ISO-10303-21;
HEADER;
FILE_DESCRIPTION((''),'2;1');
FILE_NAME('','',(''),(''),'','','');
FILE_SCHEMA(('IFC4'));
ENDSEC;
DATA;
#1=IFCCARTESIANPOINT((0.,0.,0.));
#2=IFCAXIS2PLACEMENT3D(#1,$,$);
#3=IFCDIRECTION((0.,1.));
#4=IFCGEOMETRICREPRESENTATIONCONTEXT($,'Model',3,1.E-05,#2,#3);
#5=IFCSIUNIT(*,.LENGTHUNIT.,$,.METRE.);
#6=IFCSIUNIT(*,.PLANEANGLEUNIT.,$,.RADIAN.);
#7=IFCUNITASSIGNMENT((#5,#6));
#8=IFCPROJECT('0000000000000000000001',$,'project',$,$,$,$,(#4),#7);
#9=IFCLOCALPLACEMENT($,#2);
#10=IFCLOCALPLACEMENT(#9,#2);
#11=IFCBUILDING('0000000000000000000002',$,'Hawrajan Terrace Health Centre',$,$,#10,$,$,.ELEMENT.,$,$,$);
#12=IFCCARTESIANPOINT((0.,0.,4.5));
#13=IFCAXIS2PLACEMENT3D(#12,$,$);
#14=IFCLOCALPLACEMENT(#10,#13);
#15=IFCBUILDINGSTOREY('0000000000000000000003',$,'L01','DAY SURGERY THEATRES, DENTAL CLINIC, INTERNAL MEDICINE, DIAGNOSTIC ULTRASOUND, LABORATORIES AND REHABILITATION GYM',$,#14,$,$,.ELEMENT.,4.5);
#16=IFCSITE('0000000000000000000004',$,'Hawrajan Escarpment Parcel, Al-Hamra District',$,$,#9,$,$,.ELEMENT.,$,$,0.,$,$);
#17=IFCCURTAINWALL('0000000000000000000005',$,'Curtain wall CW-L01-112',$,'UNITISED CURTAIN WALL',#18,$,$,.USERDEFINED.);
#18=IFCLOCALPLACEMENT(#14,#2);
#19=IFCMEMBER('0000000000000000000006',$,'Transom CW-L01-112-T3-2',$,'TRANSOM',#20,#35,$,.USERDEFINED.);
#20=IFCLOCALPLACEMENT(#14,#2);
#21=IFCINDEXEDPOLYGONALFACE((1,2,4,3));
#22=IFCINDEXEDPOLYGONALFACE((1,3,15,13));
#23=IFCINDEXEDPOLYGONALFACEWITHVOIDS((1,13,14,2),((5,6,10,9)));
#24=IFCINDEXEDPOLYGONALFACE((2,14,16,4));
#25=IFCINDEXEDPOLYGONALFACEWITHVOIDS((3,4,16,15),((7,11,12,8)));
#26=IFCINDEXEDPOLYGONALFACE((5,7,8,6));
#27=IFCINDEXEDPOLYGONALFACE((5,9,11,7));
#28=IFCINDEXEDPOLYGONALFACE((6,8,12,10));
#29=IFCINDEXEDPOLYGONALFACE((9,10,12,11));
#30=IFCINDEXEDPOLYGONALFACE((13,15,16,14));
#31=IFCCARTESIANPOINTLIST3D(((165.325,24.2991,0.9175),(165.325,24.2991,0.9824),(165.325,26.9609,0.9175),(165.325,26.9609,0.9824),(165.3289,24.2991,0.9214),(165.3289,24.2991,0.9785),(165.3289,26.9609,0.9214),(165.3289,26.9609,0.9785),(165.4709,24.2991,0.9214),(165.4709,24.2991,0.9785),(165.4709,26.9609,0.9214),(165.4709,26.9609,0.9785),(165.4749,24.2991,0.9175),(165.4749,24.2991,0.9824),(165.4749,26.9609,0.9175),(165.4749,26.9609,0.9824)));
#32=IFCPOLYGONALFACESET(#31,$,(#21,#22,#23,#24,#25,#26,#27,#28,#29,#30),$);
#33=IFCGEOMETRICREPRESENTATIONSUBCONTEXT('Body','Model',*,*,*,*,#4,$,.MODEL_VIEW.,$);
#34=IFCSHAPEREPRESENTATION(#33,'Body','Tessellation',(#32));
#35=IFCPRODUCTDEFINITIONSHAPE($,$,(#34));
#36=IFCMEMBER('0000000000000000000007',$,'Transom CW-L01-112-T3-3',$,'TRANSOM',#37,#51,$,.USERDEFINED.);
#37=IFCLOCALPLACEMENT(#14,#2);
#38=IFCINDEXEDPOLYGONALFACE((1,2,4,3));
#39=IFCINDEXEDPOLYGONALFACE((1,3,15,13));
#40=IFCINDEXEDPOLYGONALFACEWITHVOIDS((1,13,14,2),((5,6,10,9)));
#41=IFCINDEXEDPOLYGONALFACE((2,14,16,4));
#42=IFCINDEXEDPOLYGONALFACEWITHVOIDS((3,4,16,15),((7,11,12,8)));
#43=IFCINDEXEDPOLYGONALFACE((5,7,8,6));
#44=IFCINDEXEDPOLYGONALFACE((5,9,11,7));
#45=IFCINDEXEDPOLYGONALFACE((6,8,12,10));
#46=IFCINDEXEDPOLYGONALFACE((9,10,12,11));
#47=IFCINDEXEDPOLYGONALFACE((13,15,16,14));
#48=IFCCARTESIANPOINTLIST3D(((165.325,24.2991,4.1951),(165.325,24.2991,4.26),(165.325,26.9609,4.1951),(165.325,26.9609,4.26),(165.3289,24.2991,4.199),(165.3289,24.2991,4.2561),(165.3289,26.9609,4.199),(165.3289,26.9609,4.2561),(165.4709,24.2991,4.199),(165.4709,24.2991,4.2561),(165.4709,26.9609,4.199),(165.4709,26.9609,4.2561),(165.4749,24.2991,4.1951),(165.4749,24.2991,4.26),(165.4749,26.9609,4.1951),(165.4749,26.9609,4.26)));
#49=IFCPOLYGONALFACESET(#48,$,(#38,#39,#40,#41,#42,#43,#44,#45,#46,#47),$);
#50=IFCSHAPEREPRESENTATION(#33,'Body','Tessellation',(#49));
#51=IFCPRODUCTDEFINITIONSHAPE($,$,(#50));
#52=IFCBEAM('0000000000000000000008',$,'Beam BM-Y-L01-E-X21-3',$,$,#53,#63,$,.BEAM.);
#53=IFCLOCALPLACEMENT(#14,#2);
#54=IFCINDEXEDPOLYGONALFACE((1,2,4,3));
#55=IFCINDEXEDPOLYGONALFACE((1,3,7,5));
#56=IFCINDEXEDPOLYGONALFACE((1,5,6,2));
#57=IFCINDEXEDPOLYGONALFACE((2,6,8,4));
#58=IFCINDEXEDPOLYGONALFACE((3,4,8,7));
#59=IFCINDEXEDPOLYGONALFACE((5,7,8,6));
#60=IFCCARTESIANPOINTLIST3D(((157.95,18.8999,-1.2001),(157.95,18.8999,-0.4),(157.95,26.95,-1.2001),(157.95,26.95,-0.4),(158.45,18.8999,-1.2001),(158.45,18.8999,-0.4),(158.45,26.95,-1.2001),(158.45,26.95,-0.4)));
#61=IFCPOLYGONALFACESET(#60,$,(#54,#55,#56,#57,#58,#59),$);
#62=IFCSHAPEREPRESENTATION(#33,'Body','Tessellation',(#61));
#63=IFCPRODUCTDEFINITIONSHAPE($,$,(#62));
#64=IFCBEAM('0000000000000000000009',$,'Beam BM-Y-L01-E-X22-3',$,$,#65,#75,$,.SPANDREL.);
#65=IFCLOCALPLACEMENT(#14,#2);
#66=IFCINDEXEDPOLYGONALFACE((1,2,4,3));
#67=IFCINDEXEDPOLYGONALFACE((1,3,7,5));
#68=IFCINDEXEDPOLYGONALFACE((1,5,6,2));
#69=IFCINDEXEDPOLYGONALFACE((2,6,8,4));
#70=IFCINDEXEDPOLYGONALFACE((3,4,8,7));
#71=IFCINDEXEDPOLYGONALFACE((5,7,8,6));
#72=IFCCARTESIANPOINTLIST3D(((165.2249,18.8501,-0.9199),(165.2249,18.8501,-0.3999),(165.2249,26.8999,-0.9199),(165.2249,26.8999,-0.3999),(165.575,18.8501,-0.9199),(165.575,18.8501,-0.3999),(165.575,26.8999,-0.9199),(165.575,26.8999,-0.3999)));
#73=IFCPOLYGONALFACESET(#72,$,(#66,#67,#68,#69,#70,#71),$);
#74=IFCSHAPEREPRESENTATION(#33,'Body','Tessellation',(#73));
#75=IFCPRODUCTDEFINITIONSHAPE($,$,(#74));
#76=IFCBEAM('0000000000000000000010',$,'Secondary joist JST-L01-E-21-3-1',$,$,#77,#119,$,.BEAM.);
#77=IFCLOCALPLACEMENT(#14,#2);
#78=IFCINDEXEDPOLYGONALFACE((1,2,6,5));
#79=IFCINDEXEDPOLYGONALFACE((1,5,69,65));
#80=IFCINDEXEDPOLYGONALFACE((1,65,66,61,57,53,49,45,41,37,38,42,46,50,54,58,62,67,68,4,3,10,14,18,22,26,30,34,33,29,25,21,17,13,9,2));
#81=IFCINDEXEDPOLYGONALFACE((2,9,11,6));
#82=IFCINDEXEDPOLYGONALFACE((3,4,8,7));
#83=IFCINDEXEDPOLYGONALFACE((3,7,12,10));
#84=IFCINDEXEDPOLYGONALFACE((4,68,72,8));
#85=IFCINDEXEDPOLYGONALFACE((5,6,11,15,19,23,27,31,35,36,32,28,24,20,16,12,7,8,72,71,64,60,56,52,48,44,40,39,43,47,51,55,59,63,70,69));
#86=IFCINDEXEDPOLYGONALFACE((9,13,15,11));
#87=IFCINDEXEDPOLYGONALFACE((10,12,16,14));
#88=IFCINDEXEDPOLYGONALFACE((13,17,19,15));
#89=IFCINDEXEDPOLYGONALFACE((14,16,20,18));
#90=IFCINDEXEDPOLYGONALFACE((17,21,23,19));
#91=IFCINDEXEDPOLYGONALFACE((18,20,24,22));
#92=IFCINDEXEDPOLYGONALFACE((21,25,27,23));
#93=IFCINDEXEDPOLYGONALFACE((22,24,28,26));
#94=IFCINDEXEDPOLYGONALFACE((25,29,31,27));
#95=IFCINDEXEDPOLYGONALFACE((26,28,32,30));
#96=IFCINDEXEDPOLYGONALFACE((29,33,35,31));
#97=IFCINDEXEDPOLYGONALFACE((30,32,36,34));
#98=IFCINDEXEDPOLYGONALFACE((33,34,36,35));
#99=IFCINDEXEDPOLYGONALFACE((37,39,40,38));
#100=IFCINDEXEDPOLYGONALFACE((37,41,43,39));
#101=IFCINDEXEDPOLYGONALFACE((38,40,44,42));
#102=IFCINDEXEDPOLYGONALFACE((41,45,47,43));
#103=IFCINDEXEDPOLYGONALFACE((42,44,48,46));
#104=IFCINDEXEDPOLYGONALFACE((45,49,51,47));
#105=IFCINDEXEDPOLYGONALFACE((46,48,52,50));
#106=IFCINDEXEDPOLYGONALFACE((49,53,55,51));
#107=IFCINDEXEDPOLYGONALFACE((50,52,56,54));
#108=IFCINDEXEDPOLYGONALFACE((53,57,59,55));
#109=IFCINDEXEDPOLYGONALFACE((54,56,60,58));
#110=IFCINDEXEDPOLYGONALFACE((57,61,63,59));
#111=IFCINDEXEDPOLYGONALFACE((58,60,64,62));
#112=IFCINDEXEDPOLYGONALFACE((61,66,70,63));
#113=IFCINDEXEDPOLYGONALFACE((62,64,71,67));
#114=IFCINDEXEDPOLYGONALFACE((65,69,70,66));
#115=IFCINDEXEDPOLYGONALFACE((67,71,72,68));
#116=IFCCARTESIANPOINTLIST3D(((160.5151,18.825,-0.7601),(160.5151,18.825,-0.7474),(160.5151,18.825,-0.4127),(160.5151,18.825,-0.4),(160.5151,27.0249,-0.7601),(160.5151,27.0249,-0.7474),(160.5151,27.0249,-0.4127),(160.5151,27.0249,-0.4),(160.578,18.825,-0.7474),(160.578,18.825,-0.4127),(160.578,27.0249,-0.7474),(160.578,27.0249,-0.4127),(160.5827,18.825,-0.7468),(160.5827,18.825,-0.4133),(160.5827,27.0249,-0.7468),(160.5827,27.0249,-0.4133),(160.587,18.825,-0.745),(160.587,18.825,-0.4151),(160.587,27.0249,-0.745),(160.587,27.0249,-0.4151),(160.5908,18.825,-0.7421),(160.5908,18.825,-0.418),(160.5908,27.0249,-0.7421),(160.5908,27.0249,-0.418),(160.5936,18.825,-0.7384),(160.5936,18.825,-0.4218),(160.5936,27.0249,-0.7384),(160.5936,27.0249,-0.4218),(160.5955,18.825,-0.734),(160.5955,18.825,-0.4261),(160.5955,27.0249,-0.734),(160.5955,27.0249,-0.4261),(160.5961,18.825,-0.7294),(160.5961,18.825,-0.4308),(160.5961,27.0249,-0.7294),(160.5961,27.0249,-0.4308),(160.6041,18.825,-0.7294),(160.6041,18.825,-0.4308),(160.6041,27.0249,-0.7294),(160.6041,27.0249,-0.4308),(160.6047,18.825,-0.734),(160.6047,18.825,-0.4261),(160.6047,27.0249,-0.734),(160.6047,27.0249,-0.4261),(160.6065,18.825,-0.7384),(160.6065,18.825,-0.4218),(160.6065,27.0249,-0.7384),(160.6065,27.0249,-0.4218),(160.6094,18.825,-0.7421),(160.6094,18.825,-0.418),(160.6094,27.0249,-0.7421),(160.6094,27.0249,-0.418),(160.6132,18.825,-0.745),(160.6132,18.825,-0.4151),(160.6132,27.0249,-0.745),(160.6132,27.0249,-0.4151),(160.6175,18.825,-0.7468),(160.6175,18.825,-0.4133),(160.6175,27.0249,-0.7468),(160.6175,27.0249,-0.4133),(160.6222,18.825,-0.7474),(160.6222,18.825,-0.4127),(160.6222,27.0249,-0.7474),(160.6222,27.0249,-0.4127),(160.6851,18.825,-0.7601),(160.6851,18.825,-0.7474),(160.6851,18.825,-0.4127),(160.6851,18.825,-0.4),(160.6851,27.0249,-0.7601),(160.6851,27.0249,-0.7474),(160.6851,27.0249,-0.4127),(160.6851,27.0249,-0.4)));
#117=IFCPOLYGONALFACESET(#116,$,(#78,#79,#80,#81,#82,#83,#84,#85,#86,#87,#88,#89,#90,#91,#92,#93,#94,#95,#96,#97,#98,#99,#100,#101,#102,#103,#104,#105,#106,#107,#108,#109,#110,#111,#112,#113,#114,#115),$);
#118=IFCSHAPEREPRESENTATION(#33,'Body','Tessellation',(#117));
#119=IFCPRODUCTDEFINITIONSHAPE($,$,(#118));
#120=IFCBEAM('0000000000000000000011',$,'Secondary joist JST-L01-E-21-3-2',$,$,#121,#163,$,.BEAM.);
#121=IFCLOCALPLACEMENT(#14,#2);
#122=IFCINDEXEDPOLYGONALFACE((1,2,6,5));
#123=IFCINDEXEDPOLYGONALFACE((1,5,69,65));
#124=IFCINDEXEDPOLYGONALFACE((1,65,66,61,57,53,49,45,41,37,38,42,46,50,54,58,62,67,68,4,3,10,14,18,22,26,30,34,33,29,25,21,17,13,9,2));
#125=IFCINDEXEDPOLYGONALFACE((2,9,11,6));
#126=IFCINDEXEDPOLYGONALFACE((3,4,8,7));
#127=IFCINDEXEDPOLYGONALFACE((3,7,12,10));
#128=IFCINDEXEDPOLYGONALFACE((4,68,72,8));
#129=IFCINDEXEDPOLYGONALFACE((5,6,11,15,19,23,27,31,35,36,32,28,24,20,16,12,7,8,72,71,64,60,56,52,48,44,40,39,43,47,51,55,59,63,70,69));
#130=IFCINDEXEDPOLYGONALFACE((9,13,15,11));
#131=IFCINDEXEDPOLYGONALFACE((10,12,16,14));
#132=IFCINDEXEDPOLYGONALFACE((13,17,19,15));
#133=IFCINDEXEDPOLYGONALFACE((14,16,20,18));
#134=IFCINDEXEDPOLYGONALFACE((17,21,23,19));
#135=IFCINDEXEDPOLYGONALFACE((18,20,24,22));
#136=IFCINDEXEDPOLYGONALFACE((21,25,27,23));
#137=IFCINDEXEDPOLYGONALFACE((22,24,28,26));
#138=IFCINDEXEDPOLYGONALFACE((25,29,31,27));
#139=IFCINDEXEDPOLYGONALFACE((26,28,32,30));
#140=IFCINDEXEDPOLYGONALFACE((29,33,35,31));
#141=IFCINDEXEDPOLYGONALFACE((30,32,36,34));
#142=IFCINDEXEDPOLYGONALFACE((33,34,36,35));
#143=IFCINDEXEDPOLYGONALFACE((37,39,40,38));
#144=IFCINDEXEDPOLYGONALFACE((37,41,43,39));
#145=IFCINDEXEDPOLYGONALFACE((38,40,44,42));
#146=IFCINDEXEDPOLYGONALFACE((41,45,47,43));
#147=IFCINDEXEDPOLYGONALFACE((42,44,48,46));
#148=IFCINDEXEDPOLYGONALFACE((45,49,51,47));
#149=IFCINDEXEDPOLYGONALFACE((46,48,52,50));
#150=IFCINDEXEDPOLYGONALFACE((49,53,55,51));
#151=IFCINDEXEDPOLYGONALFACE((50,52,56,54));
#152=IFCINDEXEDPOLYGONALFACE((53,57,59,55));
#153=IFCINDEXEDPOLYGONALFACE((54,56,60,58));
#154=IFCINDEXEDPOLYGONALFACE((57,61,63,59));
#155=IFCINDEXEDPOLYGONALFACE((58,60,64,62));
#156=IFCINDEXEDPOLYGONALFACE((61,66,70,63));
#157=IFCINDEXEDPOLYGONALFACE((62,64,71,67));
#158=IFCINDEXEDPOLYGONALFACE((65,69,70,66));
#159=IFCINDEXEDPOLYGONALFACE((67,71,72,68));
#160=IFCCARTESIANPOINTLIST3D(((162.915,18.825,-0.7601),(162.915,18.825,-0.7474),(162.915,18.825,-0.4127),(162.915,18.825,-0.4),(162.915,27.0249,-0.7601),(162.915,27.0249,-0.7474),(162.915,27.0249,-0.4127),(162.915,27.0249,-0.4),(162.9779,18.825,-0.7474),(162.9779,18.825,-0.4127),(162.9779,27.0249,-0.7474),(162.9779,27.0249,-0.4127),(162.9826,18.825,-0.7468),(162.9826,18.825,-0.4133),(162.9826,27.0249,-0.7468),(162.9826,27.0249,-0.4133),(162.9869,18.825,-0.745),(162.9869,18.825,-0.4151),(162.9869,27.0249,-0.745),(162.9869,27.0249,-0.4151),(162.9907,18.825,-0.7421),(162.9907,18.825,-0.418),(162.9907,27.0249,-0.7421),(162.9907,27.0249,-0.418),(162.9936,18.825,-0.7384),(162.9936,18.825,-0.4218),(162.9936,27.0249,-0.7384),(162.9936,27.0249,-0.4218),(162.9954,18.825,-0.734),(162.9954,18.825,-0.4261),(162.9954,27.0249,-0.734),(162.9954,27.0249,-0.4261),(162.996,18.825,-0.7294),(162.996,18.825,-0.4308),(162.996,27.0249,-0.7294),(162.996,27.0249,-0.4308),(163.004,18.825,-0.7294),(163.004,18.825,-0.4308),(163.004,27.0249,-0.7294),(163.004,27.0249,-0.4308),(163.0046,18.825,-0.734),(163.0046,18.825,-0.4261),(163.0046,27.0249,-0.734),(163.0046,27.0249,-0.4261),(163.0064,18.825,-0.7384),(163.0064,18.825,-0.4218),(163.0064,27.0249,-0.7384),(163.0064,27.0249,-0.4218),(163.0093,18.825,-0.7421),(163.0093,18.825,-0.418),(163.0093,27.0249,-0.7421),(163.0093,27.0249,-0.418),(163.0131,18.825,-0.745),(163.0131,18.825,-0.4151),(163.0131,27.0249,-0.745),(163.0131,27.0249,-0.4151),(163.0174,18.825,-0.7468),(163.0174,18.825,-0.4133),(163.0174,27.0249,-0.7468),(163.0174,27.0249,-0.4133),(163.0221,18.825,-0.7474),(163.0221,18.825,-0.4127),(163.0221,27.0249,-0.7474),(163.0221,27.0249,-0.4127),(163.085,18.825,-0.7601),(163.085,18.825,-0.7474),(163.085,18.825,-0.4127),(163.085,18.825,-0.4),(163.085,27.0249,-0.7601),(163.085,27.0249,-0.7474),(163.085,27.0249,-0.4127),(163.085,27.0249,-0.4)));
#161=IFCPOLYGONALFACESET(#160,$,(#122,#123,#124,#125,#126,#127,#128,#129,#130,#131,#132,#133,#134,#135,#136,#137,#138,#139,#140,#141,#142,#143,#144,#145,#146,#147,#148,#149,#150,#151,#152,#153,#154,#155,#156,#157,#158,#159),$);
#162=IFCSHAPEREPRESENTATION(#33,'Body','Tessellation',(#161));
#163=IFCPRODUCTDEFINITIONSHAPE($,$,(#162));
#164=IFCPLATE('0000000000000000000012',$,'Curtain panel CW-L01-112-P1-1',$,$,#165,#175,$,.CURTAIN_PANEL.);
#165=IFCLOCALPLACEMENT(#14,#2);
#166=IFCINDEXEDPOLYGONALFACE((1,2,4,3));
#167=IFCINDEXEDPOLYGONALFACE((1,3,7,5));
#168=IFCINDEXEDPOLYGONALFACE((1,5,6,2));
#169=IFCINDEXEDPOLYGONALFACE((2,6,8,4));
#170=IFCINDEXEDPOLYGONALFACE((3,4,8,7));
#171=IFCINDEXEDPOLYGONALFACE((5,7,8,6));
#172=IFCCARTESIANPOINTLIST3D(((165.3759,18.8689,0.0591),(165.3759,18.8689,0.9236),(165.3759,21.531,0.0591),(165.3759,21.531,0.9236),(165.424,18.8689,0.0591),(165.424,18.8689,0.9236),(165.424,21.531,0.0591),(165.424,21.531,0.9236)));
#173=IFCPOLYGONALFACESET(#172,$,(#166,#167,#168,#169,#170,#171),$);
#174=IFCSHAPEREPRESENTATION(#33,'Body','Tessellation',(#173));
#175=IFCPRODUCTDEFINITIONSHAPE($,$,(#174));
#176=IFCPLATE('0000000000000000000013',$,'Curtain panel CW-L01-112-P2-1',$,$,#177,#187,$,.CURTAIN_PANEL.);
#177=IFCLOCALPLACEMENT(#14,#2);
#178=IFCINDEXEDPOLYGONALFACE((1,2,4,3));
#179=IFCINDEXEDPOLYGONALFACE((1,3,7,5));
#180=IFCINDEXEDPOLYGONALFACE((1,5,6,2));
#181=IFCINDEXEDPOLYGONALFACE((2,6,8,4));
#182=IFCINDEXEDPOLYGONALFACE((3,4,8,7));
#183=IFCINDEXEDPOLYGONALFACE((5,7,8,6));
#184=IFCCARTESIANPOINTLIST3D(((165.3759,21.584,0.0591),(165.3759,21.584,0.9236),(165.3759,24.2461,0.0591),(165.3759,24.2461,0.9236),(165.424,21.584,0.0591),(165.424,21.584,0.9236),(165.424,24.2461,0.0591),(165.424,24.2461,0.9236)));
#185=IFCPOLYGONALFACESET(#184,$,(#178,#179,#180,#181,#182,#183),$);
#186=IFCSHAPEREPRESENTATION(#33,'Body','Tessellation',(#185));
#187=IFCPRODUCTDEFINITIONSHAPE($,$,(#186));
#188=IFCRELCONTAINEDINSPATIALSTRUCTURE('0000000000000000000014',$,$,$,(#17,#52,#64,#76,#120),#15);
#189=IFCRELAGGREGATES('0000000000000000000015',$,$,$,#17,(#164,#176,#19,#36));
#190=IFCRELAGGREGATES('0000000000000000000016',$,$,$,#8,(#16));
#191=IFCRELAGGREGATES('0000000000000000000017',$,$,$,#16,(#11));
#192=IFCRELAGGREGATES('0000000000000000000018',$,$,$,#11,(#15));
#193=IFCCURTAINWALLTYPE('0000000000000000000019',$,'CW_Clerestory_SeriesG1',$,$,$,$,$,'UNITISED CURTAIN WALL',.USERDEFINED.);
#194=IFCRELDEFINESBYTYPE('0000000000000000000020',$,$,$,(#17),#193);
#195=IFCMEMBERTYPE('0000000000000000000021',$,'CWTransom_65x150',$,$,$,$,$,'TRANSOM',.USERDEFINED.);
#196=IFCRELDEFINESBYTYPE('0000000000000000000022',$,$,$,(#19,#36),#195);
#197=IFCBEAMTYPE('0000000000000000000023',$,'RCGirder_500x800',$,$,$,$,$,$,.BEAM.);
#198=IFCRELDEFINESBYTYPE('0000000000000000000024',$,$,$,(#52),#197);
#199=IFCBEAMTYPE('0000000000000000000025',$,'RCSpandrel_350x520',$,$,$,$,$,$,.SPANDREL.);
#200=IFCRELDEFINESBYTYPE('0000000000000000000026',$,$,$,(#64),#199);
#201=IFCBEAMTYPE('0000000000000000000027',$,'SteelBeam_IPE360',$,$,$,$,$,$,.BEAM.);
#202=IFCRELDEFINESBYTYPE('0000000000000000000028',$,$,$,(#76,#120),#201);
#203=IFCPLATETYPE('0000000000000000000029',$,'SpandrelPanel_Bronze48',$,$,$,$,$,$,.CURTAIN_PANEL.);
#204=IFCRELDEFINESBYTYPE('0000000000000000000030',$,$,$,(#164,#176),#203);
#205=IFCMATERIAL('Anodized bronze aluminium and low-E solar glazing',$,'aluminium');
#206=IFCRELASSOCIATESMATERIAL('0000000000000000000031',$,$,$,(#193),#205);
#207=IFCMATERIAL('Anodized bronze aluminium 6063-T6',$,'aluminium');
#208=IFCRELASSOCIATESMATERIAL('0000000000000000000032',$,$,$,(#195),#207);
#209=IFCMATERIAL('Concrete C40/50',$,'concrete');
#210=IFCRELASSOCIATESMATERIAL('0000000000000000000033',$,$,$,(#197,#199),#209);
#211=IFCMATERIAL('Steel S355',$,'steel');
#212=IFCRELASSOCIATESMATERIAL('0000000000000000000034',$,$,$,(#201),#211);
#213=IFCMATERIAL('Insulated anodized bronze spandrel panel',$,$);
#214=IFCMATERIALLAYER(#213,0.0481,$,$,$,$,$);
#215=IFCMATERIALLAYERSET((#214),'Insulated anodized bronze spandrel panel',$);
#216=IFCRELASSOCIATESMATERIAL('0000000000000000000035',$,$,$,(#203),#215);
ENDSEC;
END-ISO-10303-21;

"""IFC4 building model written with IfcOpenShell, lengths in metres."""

from ifc_helpers import new_model, si_unit, direction, frame, origin, origin_2d, place, context, subcontext, project, spatial, rectangle, hollow_rectangle, i_section, extrude, material, layer, layer_set, material_profile, profile_set, type_object, element, aggregate, save


model = new_model("IFC4")

# Units and contexts
model_context = context("Model", 3, precision=1e-05, world=origin(), true_north=direction((0.0, 1.0)))
body_context = subcontext(model_context, "Body", "Model", "MODEL_VIEW")
ifc_project = project(units=[si_unit("LENGTHUNIT", "METRE"), si_unit("PLANEANGLEUNIT", "RADIAN")], contexts=[model_context])

# Site, building, storey
site_placement = place(None, origin())
site = spatial("IfcSite", under=ifc_project, at=site_placement, Name="Hawrajan Escarpment Parcel, Al-Hamra District", CompositionType="ELEMENT", RefElevation=0.0)
building_placement = place(site_placement, origin())
building = spatial("IfcBuilding", under=site, at=building_placement, Name="Hawrajan Terrace Health Centre", CompositionType="ELEMENT")
storey_placement = place(building_placement, frame((0.0, 0.0, 4.5)))
storey = spatial("IfcBuildingStorey", under=building, at=storey_placement, Name="L01", Description="DAY SURGERY THEATRES, DENTAL CLINIC, INTERNAL MEDICINE, DIAGNOSTIC ULTRASOUND, LABORATORIES AND REHABILITATION GYM", CompositionType="ELEMENT", Elevation=4.5)

# Curtain wall, members
ifc_material_1 = material(Name="Anodized bronze aluminium and low-E solar glazing", Category="aluminium")
curtain_wall_type = type_object("IfcCurtainWallType", Name="CW_Clerestory_SeriesG1", ElementType="UNITISED CURTAIN WALL", PredefinedType="USERDEFINED", material=ifc_material_1)
curtain_wall_placement = place(storey_placement, origin())
curtain_wall = element("IfcCurtainWall", 1, at=curtain_wall_placement, inside=storey, type_object=curtain_wall_type, Name="Curtain wall CW-L01-112", ObjectType="UNITISED CURTAIN WALL", PredefinedType="USERDEFINED")
ifc_material_2 = material(Name="Anodized bronze aluminium 6063-T6", Category="aluminium")
ifc_material_profile_1 = material_profile(ifc_material_2, hollow_rectangle(XDim=0.0649, YDim=0.1499, WallThickness=0.0039, at=origin_2d()), Name="CW TRN 65x150")
ifc_profile_set_1 = profile_set([ifc_material_profile_1], Name="Anodized bronze aluminium 6063-T6")
member_type_1 = type_object("IfcMemberType", Name="CWTransom_65x150", ElementType="TRANSOM", PredefinedType="USERDEFINED", material=ifc_profile_set_1)
member_1_placement = place(storey_placement, frame((165.3999, 24.2991, 0.95), z_axis=(0.0, 1.0, 0.0), x_axis=(0.0, 0.0, 1.0)))
member_1 = element("IfcMember", 2, at=member_1_placement, type_object=member_type_1, Name="Transom CW-L01-112-T3-2", ObjectType="TRANSOM", PredefinedType="USERDEFINED", context=body_context, shape_type="SweptSolid", body=[
    extrude(hollow_rectangle(XDim=0.0649, YDim=0.1499, WallThickness=0.0039, at=origin_2d()), origin(), (0.0, 0.0, 1.0), 2.6619),
])
member_2_placement = place(storey_placement, frame((165.3999, 24.2991, 4.2275), z_axis=(0.0, 1.0, 0.0), x_axis=(0.0, 0.0, 1.0)))
member_2 = element("IfcMember", 3, at=member_2_placement, type_object=member_type_1, Name="Transom CW-L01-112-T3-3", ObjectType="TRANSOM", PredefinedType="USERDEFINED", context=body_context, shape_type="SweptSolid", body=[
    extrude(hollow_rectangle(XDim=0.0649, YDim=0.1499, WallThickness=0.0039, at=origin_2d()), origin(), (0.0, 0.0, 1.0), 2.6619),
])

# Beams
ifc_material_3 = material(Name="Concrete C40/50", Category="concrete")
ifc_material_profile_2 = material_profile(ifc_material_3, rectangle(XDim=0.5, YDim=0.8, at=origin_2d()), Name="RC BM 500x800")
ifc_profile_set_2 = profile_set([ifc_material_profile_2], Name="Concrete C40/50")
beam_type_1 = type_object("IfcBeamType", Name="RCGirder_500x800", PredefinedType="BEAM", material=ifc_profile_set_2)
beam_1_placement = place(storey_placement, frame((158.2, 18.8999, -0.8), z_axis=(0.0, 1.0, 0.0), x_axis=(-1.0, 0.0, 0.0)))
element("IfcBeam", 4, at=beam_1_placement, inside=storey, type_object=beam_type_1, Name="Beam BM-Y-L01-E-X21-3", PredefinedType="BEAM", context=body_context, shape_type="SweptSolid", body=[
    extrude(rectangle(XDim=0.5, YDim=0.8, at=origin_2d()), origin(), (0.0, 0.0, 1.0), 8.05),
])
ifc_material_profile_3 = material_profile(ifc_material_3, rectangle(XDim=0.3501, YDim=0.52, at=origin_2d()), Name="RC SP 350x520")
ifc_profile_set_3 = profile_set([ifc_material_profile_3], Name="Concrete C40/50")
beam_type_2 = type_object("IfcBeamType", Name="RCSpandrel_350x520", PredefinedType="SPANDREL", material=ifc_profile_set_3)
beam_2_placement = place(storey_placement, frame((165.3999, 18.8501, -0.6599), z_axis=(0.0, 1.0, 0.0), x_axis=(-1.0, 0.0, 0.0)))
element("IfcBeam", 5, at=beam_2_placement, inside=storey, type_object=beam_type_2, Name="Beam BM-Y-L01-E-X22-3", PredefinedType="SPANDREL", context=body_context, shape_type="SweptSolid", body=[
    extrude(rectangle(XDim=0.3501, YDim=0.52, at=origin_2d()), origin(), (0.0, 0.0, 1.0), 8.0498),
])
ifc_material_4 = material(Name="Steel S355", Category="steel")
ifc_material_profile_4 = material_profile(ifc_material_4, i_section(OverallWidth=0.1699, OverallDepth=0.3601, WebThickness=0.0081, FlangeThickness=0.0127, FilletRadius=0.0181, at=origin_2d()), Name="IPE 360")
ifc_profile_set_4 = profile_set([ifc_material_profile_4], Name="Steel S355")
beam_type_3 = type_object("IfcBeamType", Name="SteelBeam_IPE360", PredefinedType="BEAM", material=ifc_profile_set_4)
for number, where, z_axis, x_axis, name in (
    (6, (160.6001, 18.825, -0.5801), (0.0, 1.0, 0.0), (-1.0, 0.0, 0.0), "Secondary joist JST-L01-E-21-3-1"),
    (7, (163.0, 18.825, -0.5801), (0.0, 1.0, 0.0), (-1.0, 0.0, 0.0), "Secondary joist JST-L01-E-21-3-2"),
):
    element("IfcBeam", number, at=place(storey_placement, frame(where, z_axis=z_axis, x_axis=x_axis)), inside=storey, type_object=beam_type_3, Name=name, PredefinedType="BEAM", context=body_context, shape_type="SweptSolid", body=[
        extrude(i_section(OverallWidth=0.1699, OverallDepth=0.3601, WebThickness=0.0081, FlangeThickness=0.0127, FilletRadius=0.0181, at=origin_2d()), origin(), (0.0, 0.0, 1.0), 8.2),
    ])

# Plates
ifc_material_5 = material(Name="Insulated anodized bronze spandrel panel")
ifc_layer_1 = layer(ifc_material_5, 0.0481)
ifc_layer_set_1 = layer_set([ifc_layer_1], Name="Insulated anodized bronze spandrel panel")
plate_type_1 = type_object("IfcPlateType", Name="SpandrelPanel_Bronze48", PredefinedType="CURTAIN_PANEL", material=ifc_layer_set_1)
plate_1_placement = place(storey_placement, frame((165.3999, 20.2, 0.0591), z_axis=(0.0, 0.0, 1.0), x_axis=(0.0, 1.0, 0.0)))
plate_1 = element("IfcPlate", 8, at=plate_1_placement, type_object=plate_type_1, Name="Curtain panel CW-L01-112-P1-1", PredefinedType="CURTAIN_PANEL", context=body_context, shape_type="SweptSolid", body=[
    extrude(rectangle(XDim=2.6621, YDim=0.0481, at=origin_2d()), origin(), (0.0, 0.0, 1.0), 0.8645),
])
plate_2_placement = place(storey_placement, frame((165.3999, 22.915, 0.0591), z_axis=(0.0, 0.0, 1.0), x_axis=(0.0, 1.0, 0.0)))
plate_2 = element("IfcPlate", 9, at=plate_2_placement, type_object=plate_type_1, Name="Curtain panel CW-L01-112-P2-1", PredefinedType="CURTAIN_PANEL", context=body_context, shape_type="SweptSolid", body=[
    extrude(rectangle(XDim=2.6621, YDim=0.0481, at=origin_2d()), origin(), (0.0, 0.0, 1.0), 0.8645),
])
aggregate(curtain_wall, [plate_1, plate_2, member_1, member_2])

save(model, "model.ifc")
